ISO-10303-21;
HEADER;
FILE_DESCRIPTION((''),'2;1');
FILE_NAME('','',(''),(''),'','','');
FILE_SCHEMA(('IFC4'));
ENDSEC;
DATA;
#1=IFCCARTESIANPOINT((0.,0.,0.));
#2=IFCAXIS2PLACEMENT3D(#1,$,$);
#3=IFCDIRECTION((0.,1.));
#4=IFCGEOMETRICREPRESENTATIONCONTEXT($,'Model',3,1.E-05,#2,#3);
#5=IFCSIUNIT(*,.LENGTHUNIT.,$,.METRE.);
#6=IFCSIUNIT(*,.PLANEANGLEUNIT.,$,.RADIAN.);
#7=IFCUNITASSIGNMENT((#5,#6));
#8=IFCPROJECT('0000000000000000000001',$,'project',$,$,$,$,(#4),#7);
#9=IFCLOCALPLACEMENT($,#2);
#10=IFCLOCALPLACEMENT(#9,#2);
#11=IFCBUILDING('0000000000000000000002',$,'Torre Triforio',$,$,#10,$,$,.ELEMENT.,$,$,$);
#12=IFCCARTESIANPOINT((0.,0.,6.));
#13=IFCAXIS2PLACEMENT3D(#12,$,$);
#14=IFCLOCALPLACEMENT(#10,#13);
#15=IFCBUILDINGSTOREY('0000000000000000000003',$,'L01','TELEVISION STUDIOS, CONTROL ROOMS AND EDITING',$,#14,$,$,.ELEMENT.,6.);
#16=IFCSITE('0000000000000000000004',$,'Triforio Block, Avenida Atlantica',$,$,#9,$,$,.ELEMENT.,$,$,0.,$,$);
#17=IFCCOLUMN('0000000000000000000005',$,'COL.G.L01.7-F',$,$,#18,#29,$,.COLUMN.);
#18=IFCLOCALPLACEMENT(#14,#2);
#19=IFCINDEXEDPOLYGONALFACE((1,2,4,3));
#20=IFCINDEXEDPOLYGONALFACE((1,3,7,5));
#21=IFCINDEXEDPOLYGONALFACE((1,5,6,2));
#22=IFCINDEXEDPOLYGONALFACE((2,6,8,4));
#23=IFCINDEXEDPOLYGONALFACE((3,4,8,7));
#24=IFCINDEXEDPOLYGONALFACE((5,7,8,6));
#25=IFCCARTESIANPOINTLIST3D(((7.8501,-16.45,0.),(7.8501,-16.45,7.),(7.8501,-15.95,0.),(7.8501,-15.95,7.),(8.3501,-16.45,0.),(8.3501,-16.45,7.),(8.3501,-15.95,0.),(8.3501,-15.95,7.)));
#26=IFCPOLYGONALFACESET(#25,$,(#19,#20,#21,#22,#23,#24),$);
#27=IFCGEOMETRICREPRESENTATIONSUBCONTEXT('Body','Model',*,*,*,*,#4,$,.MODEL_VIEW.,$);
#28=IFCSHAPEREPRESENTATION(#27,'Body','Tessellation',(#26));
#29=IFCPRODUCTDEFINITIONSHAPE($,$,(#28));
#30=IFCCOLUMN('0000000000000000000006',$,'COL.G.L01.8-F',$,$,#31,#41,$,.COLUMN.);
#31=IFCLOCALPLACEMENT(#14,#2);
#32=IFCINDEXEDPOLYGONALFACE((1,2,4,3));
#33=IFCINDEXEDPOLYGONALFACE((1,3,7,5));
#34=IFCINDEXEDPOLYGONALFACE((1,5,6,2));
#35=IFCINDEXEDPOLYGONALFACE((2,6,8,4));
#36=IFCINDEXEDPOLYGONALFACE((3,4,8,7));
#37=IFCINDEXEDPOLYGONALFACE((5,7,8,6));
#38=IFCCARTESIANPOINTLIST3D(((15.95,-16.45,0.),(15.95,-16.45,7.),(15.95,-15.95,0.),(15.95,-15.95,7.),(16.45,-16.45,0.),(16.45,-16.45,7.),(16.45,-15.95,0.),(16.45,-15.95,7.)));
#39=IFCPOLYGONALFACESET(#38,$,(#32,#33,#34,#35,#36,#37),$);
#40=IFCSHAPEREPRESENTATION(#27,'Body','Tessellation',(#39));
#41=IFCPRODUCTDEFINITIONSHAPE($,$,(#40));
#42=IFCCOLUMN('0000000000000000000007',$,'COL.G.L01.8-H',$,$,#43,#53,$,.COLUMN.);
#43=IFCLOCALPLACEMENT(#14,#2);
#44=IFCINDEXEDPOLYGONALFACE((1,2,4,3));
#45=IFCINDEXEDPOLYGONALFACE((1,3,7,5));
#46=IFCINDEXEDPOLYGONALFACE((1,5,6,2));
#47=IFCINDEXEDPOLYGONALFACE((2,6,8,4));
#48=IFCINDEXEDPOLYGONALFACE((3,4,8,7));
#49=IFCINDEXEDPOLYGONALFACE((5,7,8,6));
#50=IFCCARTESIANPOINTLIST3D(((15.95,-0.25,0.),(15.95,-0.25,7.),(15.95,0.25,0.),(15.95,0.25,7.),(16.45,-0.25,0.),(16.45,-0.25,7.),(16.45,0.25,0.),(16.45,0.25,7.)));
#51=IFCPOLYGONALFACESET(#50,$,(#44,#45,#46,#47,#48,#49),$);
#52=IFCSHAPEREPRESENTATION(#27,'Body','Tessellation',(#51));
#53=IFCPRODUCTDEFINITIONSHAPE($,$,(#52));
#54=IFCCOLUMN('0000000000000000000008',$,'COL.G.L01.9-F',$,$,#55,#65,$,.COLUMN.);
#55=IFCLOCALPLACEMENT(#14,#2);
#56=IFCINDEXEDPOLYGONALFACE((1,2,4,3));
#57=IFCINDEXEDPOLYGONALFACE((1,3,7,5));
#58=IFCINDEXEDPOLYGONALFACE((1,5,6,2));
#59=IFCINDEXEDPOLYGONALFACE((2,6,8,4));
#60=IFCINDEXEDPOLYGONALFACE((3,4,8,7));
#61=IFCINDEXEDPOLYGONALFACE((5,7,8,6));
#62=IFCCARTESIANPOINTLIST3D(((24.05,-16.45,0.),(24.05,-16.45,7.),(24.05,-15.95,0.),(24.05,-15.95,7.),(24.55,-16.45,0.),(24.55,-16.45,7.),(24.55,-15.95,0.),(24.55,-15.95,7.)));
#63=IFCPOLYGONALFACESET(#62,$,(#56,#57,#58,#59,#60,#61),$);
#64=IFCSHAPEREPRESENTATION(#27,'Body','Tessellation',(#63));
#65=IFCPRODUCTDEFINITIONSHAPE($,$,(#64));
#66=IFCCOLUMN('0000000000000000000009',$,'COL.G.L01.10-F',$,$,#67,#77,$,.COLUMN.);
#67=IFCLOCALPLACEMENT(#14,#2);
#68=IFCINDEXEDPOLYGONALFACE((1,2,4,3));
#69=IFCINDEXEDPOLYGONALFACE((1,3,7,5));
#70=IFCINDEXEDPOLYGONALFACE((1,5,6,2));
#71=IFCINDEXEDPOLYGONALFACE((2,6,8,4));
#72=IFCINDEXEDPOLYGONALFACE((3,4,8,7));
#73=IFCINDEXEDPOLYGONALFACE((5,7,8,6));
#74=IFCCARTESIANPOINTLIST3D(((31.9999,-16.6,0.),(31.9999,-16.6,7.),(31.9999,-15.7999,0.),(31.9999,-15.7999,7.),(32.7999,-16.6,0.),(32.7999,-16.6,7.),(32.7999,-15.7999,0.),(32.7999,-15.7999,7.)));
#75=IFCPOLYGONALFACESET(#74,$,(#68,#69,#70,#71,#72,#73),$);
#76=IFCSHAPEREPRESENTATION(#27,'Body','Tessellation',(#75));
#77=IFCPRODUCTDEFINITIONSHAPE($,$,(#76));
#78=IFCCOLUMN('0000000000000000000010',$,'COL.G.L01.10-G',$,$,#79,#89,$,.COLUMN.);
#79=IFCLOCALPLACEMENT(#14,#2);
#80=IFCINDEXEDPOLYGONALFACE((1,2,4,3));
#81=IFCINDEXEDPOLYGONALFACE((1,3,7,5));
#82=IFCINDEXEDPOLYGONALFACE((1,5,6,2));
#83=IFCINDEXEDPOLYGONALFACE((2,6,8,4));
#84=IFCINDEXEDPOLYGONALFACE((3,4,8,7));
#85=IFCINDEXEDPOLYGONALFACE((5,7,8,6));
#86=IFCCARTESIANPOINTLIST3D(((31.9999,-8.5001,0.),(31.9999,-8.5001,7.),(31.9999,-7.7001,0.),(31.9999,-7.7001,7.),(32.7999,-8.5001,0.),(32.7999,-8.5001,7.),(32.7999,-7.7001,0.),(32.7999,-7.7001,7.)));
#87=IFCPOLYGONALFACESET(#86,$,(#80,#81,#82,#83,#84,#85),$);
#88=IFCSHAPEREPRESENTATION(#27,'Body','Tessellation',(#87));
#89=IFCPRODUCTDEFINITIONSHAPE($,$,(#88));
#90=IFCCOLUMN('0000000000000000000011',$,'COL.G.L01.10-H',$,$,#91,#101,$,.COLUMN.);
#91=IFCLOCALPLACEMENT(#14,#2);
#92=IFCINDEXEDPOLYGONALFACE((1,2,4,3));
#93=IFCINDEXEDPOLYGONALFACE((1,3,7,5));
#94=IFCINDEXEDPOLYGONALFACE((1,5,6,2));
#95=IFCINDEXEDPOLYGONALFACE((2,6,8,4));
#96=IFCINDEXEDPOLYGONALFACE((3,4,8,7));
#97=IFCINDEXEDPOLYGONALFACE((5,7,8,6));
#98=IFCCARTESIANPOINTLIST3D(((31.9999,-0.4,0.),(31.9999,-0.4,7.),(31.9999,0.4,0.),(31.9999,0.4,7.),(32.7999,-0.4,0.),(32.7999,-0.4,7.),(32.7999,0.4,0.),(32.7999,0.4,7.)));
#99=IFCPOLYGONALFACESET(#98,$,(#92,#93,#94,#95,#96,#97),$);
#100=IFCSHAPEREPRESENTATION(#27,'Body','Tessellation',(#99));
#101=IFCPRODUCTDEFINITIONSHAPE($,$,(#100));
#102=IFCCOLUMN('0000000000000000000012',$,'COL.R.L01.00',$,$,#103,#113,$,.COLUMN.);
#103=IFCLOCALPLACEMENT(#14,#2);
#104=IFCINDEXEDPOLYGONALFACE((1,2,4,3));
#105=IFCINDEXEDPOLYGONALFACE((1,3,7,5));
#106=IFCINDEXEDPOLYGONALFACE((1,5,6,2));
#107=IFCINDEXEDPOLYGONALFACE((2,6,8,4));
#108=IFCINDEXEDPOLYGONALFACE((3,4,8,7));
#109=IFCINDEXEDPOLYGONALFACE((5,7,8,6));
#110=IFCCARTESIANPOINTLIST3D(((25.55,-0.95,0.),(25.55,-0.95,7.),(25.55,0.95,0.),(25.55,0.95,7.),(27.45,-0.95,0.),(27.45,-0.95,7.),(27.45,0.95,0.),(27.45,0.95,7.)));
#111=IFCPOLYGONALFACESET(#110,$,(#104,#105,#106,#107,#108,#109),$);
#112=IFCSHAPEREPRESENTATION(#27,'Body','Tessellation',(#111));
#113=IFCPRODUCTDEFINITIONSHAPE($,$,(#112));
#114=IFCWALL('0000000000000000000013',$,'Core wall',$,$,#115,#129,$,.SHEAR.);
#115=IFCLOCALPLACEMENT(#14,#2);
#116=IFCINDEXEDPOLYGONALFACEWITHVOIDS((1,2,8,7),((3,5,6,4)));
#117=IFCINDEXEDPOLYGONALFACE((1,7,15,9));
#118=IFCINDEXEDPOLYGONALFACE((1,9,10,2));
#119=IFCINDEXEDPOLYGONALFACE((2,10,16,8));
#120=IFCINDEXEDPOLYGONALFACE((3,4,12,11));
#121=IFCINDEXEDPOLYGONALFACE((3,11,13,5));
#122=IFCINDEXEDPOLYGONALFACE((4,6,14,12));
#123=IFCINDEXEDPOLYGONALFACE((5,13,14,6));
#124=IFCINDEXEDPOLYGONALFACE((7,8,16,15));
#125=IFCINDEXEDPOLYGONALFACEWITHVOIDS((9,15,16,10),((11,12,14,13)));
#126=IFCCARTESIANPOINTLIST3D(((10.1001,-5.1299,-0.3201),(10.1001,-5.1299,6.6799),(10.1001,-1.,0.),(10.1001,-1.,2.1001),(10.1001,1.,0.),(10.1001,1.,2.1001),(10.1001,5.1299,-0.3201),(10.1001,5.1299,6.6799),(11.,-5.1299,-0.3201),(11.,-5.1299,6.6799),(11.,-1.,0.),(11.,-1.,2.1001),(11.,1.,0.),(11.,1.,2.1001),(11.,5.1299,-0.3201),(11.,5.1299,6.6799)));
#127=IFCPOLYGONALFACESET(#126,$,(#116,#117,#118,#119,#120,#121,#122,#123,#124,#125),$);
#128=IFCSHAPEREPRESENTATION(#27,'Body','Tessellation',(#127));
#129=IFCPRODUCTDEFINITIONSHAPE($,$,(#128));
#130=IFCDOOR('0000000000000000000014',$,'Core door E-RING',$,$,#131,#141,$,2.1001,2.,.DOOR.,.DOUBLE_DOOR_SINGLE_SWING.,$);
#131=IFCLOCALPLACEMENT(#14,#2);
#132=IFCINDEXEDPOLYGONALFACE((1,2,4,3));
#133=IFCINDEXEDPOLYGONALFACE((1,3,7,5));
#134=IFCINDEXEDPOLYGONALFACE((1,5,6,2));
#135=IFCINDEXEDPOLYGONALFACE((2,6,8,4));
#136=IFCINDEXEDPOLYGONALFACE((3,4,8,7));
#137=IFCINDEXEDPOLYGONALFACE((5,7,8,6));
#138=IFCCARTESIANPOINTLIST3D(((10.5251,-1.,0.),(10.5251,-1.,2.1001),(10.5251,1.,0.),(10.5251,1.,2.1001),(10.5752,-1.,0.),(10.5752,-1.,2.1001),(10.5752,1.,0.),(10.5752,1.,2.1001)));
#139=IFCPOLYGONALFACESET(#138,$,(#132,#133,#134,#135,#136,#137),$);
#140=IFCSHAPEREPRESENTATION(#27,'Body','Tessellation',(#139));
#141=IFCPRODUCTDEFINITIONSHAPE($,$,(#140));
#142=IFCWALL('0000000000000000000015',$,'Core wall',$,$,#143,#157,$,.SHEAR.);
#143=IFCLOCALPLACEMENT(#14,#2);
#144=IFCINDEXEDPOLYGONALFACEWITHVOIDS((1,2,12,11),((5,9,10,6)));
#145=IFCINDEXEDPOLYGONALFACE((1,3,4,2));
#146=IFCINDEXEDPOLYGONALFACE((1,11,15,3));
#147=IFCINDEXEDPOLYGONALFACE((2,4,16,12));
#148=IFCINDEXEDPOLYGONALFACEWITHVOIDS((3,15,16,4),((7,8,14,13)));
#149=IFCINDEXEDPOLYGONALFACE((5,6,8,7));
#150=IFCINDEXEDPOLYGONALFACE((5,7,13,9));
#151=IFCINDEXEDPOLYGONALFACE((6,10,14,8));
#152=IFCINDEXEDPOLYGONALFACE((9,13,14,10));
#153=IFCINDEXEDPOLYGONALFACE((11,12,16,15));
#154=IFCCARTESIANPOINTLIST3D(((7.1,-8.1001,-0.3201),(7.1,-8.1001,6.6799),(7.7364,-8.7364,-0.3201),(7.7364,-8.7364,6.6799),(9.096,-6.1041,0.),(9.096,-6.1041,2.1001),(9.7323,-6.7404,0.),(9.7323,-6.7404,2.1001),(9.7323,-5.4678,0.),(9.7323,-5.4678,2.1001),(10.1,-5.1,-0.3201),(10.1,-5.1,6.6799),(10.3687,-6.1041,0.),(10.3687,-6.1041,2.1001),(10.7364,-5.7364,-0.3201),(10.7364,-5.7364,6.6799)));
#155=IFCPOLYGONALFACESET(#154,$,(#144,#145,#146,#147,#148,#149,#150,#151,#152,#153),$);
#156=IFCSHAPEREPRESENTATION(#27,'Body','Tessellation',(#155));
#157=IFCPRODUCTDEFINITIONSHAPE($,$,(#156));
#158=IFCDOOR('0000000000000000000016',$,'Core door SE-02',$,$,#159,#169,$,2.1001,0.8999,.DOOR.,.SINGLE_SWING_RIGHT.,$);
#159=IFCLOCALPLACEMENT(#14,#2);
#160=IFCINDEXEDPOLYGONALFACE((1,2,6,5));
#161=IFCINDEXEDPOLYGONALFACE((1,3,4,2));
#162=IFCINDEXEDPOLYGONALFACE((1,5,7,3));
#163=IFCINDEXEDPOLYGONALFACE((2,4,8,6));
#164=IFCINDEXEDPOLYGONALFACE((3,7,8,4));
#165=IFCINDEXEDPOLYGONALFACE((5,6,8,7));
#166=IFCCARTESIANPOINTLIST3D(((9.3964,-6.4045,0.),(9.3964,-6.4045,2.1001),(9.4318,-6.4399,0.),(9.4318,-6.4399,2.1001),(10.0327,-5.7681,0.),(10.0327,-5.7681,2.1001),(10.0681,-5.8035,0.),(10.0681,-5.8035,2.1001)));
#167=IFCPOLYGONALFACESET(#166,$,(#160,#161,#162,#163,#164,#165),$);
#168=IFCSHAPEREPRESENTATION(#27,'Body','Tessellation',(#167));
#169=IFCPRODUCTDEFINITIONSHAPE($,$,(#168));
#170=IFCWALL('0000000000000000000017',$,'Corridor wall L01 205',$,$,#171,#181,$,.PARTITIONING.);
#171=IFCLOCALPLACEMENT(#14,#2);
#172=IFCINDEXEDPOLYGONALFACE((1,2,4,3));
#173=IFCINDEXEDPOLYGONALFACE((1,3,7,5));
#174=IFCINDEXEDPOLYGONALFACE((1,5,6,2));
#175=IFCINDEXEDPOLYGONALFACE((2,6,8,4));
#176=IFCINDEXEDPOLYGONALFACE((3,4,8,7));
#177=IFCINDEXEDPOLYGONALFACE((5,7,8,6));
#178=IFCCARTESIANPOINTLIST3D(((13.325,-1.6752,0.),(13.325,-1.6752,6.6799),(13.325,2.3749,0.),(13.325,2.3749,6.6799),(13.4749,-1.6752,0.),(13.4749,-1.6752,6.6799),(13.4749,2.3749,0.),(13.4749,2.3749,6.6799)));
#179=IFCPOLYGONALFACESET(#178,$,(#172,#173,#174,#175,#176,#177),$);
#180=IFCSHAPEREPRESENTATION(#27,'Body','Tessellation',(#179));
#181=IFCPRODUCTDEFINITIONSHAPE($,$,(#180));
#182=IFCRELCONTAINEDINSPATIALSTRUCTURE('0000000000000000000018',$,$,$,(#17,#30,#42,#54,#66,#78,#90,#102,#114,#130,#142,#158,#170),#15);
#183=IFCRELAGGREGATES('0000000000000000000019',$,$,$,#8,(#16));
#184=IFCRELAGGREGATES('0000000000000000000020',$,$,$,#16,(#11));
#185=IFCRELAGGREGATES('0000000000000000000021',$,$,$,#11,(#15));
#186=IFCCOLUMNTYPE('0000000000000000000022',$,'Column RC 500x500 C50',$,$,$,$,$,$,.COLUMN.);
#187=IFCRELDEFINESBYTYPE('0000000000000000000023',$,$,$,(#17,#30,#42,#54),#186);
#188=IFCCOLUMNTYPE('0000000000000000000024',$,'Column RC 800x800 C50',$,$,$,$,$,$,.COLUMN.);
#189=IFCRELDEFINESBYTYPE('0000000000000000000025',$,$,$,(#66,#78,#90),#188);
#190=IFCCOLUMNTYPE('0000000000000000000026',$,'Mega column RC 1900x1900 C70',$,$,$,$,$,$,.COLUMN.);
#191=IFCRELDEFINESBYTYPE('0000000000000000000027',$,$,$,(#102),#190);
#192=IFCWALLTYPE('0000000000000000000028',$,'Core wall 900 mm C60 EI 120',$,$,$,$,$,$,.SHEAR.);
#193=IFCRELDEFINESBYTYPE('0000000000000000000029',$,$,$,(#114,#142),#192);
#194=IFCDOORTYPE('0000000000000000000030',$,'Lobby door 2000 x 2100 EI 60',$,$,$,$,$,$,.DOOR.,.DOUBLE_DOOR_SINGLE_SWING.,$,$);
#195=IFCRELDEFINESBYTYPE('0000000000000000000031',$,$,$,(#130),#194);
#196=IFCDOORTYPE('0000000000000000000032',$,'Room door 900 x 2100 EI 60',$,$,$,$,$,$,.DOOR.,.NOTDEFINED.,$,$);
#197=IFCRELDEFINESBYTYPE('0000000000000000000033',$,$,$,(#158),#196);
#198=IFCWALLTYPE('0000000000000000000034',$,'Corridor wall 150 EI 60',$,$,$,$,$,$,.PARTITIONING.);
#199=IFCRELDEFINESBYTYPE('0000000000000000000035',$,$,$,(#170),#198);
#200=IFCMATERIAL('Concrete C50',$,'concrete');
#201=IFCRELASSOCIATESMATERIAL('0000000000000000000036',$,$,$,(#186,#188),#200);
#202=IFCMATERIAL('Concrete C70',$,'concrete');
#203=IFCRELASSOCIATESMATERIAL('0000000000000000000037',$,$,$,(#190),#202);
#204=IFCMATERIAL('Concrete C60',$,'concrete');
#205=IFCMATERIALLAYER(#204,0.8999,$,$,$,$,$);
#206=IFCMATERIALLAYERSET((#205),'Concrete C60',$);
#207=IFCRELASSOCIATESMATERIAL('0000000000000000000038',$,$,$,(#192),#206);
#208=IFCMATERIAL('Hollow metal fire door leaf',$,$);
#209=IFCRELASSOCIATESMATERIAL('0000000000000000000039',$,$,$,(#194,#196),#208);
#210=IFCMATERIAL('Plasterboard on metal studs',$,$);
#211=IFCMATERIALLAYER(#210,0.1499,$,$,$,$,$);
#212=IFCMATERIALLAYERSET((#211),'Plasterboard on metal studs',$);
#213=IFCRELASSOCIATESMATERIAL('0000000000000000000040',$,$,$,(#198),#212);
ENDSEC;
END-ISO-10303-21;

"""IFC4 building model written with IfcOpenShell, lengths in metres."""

from ifc_helpers import new_model, si_unit, direction, frame, frame_2d, origin, origin_2d, place, context, subcontext, project, spatial, rectangle, extrude, material, layer, layer_set, material_profile, profile_set, type_object, element, fill, save


model = new_model("IFC4")

# Units and contexts
model_context = context("Model", 3, precision=1e-05, world=origin(), true_north=direction((0.0, 1.0)))
body_context = subcontext(model_context, "Body", "Model", "MODEL_VIEW")
ifc_project = project(units=[si_unit("LENGTHUNIT", "METRE"), si_unit("PLANEANGLEUNIT", "RADIAN")], contexts=[model_context])

# Site, building, storey
site_placement = place(None, origin())
site = spatial("IfcSite", under=ifc_project, at=site_placement, Name="Triforio Block, Avenida Atlantica", CompositionType="ELEMENT", RefElevation=0.0)
building_placement = place(site_placement, origin())
building = spatial("IfcBuilding", under=site, at=building_placement, Name="Torre Triforio", CompositionType="ELEMENT")
storey_placement = place(building_placement, frame((0.0, 0.0, 6.0)))
storey = spatial("IfcBuildingStorey", under=building, at=storey_placement, Name="L01", Description="TELEVISION STUDIOS, CONTROL ROOMS AND EDITING", CompositionType="ELEMENT", Elevation=6.0)

# Columns
ifc_material_1 = material(Name="Concrete C50", Category="concrete")
ifc_material_profile_1 = material_profile(ifc_material_1, rectangle(XDim=0.5, YDim=0.5, at=origin_2d()), Name="RC 500x500")
ifc_profile_set_1 = profile_set([ifc_material_profile_1], Name="Concrete C50")
column_type_1 = type_object("IfcColumnType", Name="Column RC 500x500 C50", PredefinedType="COLUMN", material=ifc_profile_set_1)
for number, where, z_axis, x_axis, name in (
    (1, (8.1001, -16.2, 0.0), (0.0, 0.0, 1.0), (1.0, 0.0, 0.0), "COL.G.L01.7-F"),
    (2, (16.2, -16.2, 0.0), (0.0, 0.0, 1.0), (1.0, 0.0, 0.0), "COL.G.L01.8-F"),
    (3, (16.2, 0.0, 0.0), (0.0, 0.0, 1.0), (1.0, 0.0, 0.0), "COL.G.L01.8-H"),
    (4, (24.3, -16.2, 0.0), (0.0, 0.0, 1.0), (1.0, 0.0, 0.0), "COL.G.L01.9-F"),
):
    element("IfcColumn", number, at=place(storey_placement, frame(where, z_axis=z_axis, x_axis=x_axis)), inside=storey, type_object=column_type_1, Name=name, PredefinedType="COLUMN", context=body_context, shape_type="SweptSolid", body=[
        extrude(rectangle(XDim=0.5, YDim=0.5, at=origin_2d()), origin(), (0.0, 0.0, 1.0), 7.0),
    ])
ifc_material_profile_2 = material_profile(ifc_material_1, rectangle(XDim=0.8, YDim=0.8, at=origin_2d()), Name="RC 800x800")
ifc_profile_set_2 = profile_set([ifc_material_profile_2], Name="Concrete C50")
column_type_2 = type_object("IfcColumnType", Name="Column RC 800x800 C50", PredefinedType="COLUMN", material=ifc_profile_set_2)
for number, where, z_axis, x_axis, name in (
    (5, (32.3999, -16.2, 0.0), (0.0, 0.0, 1.0), (1.0, 0.0, 0.0), "COL.G.L01.10-F"),
    (6, (32.3999, -8.1001, 0.0), (0.0, 0.0, 1.0), (1.0, 0.0, 0.0), "COL.G.L01.10-G"),
    (7, (32.3999, 0.0, 0.0), (0.0, 0.0, 1.0), (1.0, 0.0, 0.0), "COL.G.L01.10-H"),
):
    element("IfcColumn", number, at=place(storey_placement, frame(where, z_axis=z_axis, x_axis=x_axis)), inside=storey, type_object=column_type_2, Name=name, PredefinedType="COLUMN", context=body_context, shape_type="SweptSolid", body=[
        extrude(rectangle(XDim=0.8, YDim=0.8, at=origin_2d()), origin(), (0.0, 0.0, 1.0), 7.0),
    ])
ifc_material_2 = material(Name="Concrete C70", Category="concrete")
ifc_material_profile_3 = material_profile(ifc_material_2, rectangle(XDim=1.8999, YDim=1.8999, at=origin_2d()), Name="RC 1900x1900")
ifc_profile_set_3 = profile_set([ifc_material_profile_3], Name="Concrete C70")
column_type_3 = type_object("IfcColumnType", Name="Mega column RC 1900x1900 C70", PredefinedType="COLUMN", material=ifc_profile_set_3)
column_placement = place(storey_placement, frame((26.5, 0.0, 0.0), z_axis=(0.0, 0.0, 1.0), x_axis=(0.0, 1.0, 0.0)))
element("IfcColumn", 8, at=column_placement, inside=storey, type_object=column_type_3, Name="COL.R.L01.00", PredefinedType="COLUMN", context=body_context, shape_type="SweptSolid", body=[
    extrude(rectangle(XDim=1.8999, YDim=1.8999, at=origin_2d()), origin(), (0.0, 0.0, 1.0), 7.0),
])

# Walls, openings, doors
ifc_material_3 = material(Name="Concrete C60", Category="concrete")
ifc_layer_1 = layer(ifc_material_3, 0.8999)
ifc_layer_set_1 = layer_set([ifc_layer_1], Name="Concrete C60")
wall_type_1 = type_object("IfcWallType", Name="Core wall 900 mm C60 EI 120", PredefinedType="SHEAR", material=ifc_layer_set_1)
wall_1_placement = place(storey_placement, frame((10.55, -5.1299, -0.3201), z_axis=(0.0, 0.0, 1.0), x_axis=(0.0, 1.0, 0.0)))
wall_1 = element("IfcWall", 9, at=wall_1_placement, inside=storey, type_object=wall_type_1, Name="Core wall", PredefinedType="SHEAR", context=body_context, shape_type="SweptSolid", body=[
    extrude(rectangle(XDim=10.2598, YDim=0.8999, at=frame_2d((5.1299, 0.0))), origin(), (0.0, 0.0, 1.0), 7.0),
])
opening_1_placement = place(wall_1_placement, frame((4.1299, 0.0, 0.3201)))
opening_1 = element("IfcOpeningElement", 10, at=opening_1_placement, cuts=wall_1, PredefinedType="OPENING", context=body_context, shape_type="SweptSolid", body=[
    extrude(rectangle(XDim=2.0, YDim=2.1001, at=frame_2d((1.0, 1.05))), frame((0.0, 0.46, 0.0), z_axis=(0.0, -1.0, 0.0), x_axis=(1.0, 0.0, 0.0)), (0.0, 0.0, 1.0), 0.9199),
])
ifc_material_4 = material(Name="Hollow metal fire door leaf")
door_type_1 = type_object("IfcDoorType", Name="Lobby door 2000 x 2100 EI 60", OperationType="DOUBLE_DOOR_SINGLE_SWING", PredefinedType="DOOR", material=ifc_material_4)
door_1_placement = place(opening_1_placement, origin())
door_1 = element("IfcDoor", 11, at=door_1_placement, inside=storey, type_object=door_type_1, Name="Core door E-RING", OperationType="DOUBLE_DOOR_SINGLE_SWING", OverallHeight=2.1001, OverallWidth=2.0, PredefinedType="DOOR", context=body_context, shape_type="SweptSolid", body=[
    extrude(rectangle(XDim=2.0, YDim=2.1001, at=frame_2d((1.0, 1.05))), frame((0.0, 0.0249, 0.0), z_axis=(0.0, -1.0, 0.0), x_axis=(1.0, 0.0, 0.0)), (0.0, 0.0, 1.0), 0.05),
])
fill(opening_1, door_1)
wall_2_placement = place(storey_placement, frame((10.4182, -5.4182, -0.3201), z_axis=(0.0, 0.0, 1.0), x_axis=(-0.707107, -0.707107, 0.0)))
wall_2 = element("IfcWall", 12, at=wall_2_placement, inside=storey, type_object=wall_type_1, Name="Core wall", PredefinedType="SHEAR", context=body_context, shape_type="SweptSolid", body=[
    extrude(rectangle(XDim=4.2427, YDim=0.8999, at=frame_2d((2.1213, 0.0))), origin(), (0.0, 0.0, 1.0), 7.0),
])
opening_2_placement = place(wall_2_placement, frame((0.52, 0.0, 0.3201)))
opening_2 = element("IfcOpeningElement", 13, at=opening_2_placement, cuts=wall_2, PredefinedType="OPENING", context=body_context, shape_type="SweptSolid", body=[
    extrude(rectangle(XDim=0.8999, YDim=2.1001, at=frame_2d((0.45, 1.05))), frame((0.0, 0.46, 0.0), z_axis=(0.0, -1.0, 0.0), x_axis=(1.0, 0.0, 0.0)), (0.0, 0.0, 1.0), 0.9199),
])
door_type_2 = type_object("IfcDoorType", Name="Room door 900 x 2100 EI 60", OperationType="NOTDEFINED", PredefinedType="DOOR", material=ifc_material_4)
door_2_placement = place(opening_2_placement, origin())
door_2 = element("IfcDoor", 14, at=door_2_placement, inside=storey, type_object=door_type_2, Name="Core door SE-02", OperationType="SINGLE_SWING_RIGHT", OverallHeight=2.1001, OverallWidth=0.8999, PredefinedType="DOOR", context=body_context, shape_type="SweptSolid", body=[
    extrude(rectangle(XDim=0.8999, YDim=2.1001, at=frame_2d((0.45, 1.05))), frame((0.0, 0.0249, 0.0), z_axis=(0.0, -1.0, 0.0), x_axis=(1.0, 0.0, 0.0)), (0.0, 0.0, 1.0), 0.05),
])
fill(opening_2, door_2)

# Wall
ifc_material_5 = material(Name="Plasterboard on metal studs")
ifc_layer_2 = layer(ifc_material_5, 0.1499)
ifc_layer_set_2 = layer_set([ifc_layer_2], Name="Plasterboard on metal studs")
wall_type_2 = type_object("IfcWallType", Name="Corridor wall 150 EI 60", PredefinedType="PARTITIONING", material=ifc_layer_set_2)
wall_3_placement = place(storey_placement, frame((13.3999, -1.675, 0.0), z_axis=(0.0, 0.0, 1.0), x_axis=(0.0, 1.0, 0.0)))
element("IfcWall", 15, at=wall_3_placement, inside=storey, type_object=wall_type_2, Name="Corridor wall L01 205", PredefinedType="PARTITIONING", context=body_context, shape_type="SweptSolid", body=[
    extrude(rectangle(XDim=4.05, YDim=0.1499, at=frame_2d((2.0249, 0.0))), origin(), (0.0, 0.0, 1.0), 6.6799),
])

save(model, "model.ifc")
